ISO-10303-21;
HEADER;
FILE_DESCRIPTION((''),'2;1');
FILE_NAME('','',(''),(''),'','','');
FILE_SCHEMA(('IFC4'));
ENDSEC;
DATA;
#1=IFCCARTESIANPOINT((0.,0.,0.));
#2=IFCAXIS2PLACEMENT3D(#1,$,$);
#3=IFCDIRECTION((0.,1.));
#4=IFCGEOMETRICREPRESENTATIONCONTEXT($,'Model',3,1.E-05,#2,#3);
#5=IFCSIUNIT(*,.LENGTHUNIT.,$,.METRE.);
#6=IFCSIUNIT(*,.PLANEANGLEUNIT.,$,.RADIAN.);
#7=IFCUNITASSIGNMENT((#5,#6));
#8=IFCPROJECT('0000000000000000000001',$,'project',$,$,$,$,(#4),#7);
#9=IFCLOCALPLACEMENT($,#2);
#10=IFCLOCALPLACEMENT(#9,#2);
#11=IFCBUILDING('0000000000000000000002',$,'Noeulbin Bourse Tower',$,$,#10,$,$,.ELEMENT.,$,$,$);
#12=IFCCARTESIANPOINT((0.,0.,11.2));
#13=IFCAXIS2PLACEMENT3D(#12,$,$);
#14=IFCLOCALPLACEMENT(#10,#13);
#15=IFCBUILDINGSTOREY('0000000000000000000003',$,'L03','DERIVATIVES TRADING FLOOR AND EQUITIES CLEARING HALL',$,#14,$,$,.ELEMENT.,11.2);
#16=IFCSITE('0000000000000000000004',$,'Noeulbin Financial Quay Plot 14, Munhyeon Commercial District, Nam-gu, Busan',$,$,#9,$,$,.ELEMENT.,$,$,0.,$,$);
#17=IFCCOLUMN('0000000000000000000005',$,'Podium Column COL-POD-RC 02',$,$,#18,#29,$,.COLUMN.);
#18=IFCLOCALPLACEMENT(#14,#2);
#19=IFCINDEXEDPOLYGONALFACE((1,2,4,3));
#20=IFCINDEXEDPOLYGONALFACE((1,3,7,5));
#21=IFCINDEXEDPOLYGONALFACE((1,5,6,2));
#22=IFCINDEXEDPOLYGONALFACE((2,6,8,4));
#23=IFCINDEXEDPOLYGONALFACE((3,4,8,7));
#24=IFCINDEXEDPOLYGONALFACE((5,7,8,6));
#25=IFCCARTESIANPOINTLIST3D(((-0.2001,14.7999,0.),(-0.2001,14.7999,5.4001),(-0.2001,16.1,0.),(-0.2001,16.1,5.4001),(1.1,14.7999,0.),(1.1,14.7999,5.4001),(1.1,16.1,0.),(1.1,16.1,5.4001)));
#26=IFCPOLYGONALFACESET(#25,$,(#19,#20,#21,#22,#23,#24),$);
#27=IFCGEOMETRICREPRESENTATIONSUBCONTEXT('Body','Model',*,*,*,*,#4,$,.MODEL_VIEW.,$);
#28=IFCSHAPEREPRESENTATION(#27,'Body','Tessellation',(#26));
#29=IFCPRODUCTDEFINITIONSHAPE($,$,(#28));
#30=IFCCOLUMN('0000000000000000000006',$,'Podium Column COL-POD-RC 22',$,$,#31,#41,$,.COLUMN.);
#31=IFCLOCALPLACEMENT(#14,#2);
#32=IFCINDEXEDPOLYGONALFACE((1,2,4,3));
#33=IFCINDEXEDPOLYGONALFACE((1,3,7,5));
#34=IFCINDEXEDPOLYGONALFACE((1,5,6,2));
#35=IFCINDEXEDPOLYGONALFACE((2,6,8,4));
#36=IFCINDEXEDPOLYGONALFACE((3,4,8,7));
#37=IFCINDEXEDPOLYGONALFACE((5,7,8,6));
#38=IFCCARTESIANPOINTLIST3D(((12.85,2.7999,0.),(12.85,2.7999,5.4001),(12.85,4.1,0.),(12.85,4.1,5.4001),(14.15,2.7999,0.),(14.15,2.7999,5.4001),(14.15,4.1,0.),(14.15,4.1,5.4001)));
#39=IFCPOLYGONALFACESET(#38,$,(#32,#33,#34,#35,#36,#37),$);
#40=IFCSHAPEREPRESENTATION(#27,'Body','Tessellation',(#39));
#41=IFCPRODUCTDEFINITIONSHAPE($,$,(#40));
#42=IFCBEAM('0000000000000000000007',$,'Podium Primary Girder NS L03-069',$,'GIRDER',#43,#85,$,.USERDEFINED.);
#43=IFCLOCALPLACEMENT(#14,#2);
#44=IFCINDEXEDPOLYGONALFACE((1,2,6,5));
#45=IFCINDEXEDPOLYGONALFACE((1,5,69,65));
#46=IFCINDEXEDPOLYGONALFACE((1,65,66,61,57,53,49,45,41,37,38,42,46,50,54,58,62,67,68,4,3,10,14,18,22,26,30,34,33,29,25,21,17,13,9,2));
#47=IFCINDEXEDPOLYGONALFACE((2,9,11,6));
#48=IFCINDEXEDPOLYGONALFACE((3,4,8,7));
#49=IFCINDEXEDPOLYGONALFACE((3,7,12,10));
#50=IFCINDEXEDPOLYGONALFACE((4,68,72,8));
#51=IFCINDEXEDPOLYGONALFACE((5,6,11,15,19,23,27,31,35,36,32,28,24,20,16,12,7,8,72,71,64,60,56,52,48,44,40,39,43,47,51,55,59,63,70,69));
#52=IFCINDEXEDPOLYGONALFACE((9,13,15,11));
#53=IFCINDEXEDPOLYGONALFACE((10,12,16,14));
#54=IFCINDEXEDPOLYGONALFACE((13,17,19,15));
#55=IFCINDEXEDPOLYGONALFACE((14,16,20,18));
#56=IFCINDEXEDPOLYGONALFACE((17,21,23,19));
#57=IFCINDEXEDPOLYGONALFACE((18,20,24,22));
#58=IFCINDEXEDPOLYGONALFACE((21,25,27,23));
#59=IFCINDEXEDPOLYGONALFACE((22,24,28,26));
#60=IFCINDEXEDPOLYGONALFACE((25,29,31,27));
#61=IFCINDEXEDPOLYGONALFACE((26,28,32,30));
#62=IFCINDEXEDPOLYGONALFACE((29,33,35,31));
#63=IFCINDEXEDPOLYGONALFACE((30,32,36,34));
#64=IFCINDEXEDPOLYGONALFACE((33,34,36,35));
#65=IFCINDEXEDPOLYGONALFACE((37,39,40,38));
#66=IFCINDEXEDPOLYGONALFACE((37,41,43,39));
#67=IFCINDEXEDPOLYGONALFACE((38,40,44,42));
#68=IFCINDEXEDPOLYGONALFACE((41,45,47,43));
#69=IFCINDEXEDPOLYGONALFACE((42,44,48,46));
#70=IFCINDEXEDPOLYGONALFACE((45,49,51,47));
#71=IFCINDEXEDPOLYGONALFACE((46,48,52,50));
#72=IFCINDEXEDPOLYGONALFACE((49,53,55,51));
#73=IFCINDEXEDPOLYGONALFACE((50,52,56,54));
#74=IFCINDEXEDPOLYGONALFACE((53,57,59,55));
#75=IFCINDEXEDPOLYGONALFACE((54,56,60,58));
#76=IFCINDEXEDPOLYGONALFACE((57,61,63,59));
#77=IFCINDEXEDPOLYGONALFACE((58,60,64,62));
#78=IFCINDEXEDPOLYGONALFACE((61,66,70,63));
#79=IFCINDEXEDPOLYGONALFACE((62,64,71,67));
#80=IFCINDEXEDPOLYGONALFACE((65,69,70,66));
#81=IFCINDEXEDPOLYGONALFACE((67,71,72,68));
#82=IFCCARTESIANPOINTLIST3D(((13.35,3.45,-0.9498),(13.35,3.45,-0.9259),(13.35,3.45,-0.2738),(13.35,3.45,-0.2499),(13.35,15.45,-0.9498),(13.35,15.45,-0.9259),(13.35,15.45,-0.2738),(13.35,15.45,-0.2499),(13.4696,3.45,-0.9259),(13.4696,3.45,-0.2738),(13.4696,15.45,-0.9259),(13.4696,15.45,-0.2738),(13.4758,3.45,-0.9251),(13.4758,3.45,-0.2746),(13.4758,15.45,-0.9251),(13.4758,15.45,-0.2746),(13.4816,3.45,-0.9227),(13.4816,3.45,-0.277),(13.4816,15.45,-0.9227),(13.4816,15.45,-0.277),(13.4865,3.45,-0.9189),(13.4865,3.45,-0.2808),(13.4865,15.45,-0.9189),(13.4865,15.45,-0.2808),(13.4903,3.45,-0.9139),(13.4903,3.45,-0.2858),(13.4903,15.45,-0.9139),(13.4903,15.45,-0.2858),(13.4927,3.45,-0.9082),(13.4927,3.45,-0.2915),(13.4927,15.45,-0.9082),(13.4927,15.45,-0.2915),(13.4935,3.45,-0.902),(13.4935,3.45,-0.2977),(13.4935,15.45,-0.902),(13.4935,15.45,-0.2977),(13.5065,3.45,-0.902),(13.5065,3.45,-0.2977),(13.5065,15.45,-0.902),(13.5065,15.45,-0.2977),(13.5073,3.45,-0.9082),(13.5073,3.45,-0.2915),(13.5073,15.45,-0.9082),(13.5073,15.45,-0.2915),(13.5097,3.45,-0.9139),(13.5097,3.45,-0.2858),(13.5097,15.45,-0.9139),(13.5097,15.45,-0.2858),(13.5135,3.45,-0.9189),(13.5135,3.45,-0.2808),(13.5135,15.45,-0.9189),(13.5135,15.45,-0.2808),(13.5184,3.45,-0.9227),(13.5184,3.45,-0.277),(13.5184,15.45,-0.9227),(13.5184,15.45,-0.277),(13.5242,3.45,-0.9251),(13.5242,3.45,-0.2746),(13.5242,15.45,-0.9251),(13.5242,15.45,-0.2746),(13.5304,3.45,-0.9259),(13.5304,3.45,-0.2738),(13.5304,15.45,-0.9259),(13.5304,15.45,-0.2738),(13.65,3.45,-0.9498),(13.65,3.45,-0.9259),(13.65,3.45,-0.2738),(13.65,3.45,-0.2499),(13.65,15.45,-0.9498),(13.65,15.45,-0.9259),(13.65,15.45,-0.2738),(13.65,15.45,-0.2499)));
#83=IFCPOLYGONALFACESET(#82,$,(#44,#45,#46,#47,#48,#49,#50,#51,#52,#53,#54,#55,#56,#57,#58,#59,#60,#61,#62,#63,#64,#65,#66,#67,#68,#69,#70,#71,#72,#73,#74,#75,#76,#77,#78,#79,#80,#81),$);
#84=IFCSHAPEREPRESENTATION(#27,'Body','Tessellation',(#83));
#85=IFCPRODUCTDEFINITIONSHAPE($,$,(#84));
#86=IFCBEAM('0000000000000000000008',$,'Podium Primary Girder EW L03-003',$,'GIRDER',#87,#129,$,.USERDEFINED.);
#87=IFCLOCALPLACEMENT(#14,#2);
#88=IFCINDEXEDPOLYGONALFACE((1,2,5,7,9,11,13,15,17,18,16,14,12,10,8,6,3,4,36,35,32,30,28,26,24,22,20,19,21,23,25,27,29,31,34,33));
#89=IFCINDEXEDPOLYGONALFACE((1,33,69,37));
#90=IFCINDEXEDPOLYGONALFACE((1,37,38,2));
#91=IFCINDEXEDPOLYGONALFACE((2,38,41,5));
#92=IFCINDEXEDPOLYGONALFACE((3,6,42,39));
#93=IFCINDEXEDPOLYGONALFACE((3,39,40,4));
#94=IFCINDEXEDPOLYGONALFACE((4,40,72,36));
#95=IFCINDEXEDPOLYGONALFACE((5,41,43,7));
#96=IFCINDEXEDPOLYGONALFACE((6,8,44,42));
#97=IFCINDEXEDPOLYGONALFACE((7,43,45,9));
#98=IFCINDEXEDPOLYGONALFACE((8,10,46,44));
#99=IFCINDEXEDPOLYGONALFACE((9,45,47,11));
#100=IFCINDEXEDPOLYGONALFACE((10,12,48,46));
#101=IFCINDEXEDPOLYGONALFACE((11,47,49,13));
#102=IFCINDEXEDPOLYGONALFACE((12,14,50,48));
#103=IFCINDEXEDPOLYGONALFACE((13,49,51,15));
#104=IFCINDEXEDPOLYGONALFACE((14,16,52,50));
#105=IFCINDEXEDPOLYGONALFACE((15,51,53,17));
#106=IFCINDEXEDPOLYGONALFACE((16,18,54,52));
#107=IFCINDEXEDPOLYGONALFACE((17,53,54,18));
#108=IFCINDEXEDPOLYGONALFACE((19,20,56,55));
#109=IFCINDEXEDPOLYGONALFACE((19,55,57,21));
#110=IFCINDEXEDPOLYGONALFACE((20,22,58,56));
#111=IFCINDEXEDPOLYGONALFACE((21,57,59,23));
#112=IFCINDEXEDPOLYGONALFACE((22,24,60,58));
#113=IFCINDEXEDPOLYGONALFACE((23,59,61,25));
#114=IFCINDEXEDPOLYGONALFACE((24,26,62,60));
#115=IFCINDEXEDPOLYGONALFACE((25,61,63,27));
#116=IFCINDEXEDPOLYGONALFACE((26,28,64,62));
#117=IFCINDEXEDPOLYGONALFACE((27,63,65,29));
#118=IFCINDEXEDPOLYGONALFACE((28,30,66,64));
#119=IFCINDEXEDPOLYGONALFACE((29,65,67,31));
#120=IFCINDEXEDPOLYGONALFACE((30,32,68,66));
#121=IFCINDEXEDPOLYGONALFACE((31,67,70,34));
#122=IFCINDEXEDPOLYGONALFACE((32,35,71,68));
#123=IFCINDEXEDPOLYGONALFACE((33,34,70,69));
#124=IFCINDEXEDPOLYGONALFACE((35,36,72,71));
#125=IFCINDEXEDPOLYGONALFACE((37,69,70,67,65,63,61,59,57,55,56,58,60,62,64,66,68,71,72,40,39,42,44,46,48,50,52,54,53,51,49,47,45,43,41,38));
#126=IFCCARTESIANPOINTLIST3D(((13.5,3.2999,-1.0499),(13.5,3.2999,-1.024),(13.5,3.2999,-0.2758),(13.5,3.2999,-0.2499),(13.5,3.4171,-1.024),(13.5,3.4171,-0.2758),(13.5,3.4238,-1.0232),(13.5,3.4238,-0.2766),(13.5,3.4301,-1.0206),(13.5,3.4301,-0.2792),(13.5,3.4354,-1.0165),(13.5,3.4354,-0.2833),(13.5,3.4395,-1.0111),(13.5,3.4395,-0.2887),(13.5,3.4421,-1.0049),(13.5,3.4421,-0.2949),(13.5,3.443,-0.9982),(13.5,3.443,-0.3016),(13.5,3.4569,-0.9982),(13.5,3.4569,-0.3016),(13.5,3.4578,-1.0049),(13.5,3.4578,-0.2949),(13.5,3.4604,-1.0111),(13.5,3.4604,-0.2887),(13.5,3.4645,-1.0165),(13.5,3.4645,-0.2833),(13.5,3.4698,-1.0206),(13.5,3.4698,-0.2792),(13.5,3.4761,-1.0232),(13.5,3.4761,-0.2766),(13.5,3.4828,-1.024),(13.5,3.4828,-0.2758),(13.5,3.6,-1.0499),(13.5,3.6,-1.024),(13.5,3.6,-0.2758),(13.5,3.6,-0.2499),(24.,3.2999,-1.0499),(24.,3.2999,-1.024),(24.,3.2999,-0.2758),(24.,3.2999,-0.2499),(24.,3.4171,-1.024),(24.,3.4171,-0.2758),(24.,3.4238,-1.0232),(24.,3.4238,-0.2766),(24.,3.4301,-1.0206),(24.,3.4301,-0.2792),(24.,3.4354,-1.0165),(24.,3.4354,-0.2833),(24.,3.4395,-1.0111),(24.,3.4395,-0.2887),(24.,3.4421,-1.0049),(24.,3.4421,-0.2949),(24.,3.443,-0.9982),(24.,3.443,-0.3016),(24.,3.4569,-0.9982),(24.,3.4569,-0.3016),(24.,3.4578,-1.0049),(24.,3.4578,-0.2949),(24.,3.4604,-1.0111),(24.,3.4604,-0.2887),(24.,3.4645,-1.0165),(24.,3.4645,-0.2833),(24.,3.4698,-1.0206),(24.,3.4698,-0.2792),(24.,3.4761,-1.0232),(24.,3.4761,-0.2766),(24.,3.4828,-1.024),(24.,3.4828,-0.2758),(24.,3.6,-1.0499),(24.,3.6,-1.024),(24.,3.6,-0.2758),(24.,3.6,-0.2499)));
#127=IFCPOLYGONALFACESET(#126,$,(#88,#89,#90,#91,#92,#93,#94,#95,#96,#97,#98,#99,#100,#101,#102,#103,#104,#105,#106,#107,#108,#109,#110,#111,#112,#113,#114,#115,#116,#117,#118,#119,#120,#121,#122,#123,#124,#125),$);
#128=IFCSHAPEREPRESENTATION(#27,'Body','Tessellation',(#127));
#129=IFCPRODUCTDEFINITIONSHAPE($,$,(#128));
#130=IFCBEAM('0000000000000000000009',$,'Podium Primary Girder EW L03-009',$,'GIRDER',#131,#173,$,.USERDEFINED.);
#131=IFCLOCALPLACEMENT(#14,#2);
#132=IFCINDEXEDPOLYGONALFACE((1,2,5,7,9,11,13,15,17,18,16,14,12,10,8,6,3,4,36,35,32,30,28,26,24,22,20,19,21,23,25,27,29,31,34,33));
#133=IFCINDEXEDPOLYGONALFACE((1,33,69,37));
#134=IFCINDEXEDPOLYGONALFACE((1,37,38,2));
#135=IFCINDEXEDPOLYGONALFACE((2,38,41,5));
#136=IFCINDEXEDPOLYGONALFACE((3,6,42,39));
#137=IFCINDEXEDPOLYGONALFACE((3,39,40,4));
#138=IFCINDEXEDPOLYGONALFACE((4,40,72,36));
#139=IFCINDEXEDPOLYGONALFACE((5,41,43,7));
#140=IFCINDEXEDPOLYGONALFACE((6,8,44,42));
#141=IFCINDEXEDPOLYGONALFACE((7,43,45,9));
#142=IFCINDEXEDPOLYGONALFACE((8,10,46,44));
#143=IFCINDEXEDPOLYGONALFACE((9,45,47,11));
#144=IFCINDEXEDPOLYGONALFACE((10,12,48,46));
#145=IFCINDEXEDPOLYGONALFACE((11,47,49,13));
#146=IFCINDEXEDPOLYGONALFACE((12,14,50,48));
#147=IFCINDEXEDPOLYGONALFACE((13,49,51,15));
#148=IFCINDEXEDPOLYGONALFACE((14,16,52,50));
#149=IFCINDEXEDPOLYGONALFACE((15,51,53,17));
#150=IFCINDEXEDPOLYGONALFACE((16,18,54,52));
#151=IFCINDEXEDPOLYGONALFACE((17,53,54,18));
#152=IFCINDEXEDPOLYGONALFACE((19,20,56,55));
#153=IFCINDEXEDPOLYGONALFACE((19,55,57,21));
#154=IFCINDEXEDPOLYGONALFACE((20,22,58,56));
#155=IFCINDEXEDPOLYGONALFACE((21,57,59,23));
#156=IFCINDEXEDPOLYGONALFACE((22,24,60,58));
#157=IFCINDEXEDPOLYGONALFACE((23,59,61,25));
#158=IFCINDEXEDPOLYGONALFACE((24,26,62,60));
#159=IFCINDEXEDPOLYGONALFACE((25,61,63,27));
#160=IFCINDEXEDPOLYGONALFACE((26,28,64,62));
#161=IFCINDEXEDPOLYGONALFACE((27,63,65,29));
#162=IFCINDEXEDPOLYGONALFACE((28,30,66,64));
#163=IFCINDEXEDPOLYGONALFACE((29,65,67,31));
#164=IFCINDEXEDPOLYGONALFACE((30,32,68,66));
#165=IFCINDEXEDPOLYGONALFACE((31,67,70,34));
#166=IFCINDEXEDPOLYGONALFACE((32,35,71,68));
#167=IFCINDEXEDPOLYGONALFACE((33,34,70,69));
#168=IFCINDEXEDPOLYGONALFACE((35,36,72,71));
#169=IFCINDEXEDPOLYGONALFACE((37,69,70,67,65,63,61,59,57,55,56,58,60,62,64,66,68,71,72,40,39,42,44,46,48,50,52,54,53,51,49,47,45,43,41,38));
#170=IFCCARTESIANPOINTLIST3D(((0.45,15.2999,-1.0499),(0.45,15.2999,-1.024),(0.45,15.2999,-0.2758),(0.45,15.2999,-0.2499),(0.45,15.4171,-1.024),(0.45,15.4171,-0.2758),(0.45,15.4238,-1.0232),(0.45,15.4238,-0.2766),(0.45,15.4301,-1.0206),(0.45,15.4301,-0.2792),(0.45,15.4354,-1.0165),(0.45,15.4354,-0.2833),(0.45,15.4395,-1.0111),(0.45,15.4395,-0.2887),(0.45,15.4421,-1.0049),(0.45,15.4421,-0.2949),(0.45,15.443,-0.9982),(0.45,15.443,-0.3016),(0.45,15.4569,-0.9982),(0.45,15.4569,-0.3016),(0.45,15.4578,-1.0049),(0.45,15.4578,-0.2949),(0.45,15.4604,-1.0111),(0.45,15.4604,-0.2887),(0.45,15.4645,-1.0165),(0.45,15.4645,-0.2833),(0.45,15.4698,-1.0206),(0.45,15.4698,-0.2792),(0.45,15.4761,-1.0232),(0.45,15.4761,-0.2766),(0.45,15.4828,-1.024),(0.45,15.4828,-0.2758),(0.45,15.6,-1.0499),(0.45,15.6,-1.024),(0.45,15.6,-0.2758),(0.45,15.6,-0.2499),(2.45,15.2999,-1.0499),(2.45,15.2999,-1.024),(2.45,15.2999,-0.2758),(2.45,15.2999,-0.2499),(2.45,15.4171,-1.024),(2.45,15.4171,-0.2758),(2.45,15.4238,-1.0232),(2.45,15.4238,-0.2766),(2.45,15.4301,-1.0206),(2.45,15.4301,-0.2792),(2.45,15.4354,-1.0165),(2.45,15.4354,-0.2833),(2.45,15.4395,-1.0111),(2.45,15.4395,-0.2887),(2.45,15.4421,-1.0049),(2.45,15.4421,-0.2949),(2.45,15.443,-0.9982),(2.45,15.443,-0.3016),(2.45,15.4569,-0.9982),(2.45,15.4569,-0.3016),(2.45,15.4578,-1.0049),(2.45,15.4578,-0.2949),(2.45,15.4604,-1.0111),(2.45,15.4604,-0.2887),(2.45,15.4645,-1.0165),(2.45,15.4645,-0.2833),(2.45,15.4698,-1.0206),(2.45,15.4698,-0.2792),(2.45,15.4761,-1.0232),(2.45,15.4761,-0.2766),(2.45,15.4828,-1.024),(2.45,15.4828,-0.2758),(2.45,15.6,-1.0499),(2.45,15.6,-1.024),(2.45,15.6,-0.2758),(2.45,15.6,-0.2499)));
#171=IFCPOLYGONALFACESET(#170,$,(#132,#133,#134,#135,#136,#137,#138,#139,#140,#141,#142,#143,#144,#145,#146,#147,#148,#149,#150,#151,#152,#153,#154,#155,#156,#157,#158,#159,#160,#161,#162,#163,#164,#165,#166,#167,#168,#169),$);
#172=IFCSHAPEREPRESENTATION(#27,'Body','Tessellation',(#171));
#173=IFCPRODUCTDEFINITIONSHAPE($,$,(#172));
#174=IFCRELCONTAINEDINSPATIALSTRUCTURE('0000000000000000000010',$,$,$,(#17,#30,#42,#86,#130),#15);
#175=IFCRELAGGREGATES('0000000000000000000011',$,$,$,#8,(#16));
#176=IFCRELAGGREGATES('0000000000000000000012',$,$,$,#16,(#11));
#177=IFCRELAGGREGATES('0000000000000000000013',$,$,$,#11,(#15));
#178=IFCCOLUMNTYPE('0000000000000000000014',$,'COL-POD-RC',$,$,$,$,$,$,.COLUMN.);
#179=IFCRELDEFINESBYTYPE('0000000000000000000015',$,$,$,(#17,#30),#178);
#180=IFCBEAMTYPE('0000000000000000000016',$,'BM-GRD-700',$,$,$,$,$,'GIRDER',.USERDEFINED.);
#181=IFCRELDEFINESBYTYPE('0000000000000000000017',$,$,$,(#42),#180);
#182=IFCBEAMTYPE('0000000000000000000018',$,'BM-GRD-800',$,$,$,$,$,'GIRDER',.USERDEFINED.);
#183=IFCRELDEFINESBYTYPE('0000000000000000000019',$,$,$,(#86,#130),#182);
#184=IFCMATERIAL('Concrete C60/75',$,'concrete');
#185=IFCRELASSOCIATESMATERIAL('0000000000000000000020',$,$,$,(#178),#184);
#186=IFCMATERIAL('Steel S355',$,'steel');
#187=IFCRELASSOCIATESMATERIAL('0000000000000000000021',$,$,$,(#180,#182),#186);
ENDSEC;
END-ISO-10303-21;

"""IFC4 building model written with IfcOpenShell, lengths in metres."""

from ifc_helpers import new_model, si_unit, direction, frame, origin, origin_2d, place, context, subcontext, project, spatial, rectangle, i_section, extrude, material, material_profile, profile_set, type_object, element, save


model = new_model("IFC4")

# Units and contexts
model_context = context("Model", 3, precision=1e-05, world=origin(), true_north=direction((0.0, 1.0)))
body_context = subcontext(model_context, "Body", "Model", "MODEL_VIEW")
ifc_project = project(units=[si_unit("LENGTHUNIT", "METRE"), si_unit("PLANEANGLEUNIT", "RADIAN")], contexts=[model_context])

# Site, building, storey
site_placement = place(None, origin())
site = spatial("IfcSite", under=ifc_project, at=site_placement, Name="Noeulbin Financial Quay Plot 14, Munhyeon Commercial District, Nam-gu, Busan", CompositionType="ELEMENT", RefElevation=0.0)
building_placement = place(site_placement, origin())
building = spatial("IfcBuilding", under=site, at=building_placement, Name="Noeulbin Bourse Tower", CompositionType="ELEMENT")
storey_placement = place(building_placement, frame((0.0, 0.0, 11.2)))
storey = spatial("IfcBuildingStorey", under=building, at=storey_placement, Name="L03", Description="DERIVATIVES TRADING FLOOR AND EQUITIES CLEARING HALL", CompositionType="ELEMENT", Elevation=11.2)

# Columns
ifc_material_1 = material(Name="Concrete C60/75", Category="concrete")
ifc_material_profile_1 = material_profile(ifc_material_1, rectangle(XDim=1.3, YDim=1.3, at=origin_2d()), Name="RC-COL-1300x1300", Category="LoadBearing")
ifc_profile_set_1 = profile_set([ifc_material_profile_1], Name="Concrete C60/75")
column_type = type_object("IfcColumnType", Name="COL-POD-RC", PredefinedType="COLUMN", material=ifc_profile_set_1)
for number, where, z_axis, x_axis, name in (
    (1, (0.45, 15.45, 0.0), (0.0, 0.0, 1.0), (1.0, 0.0, 0.0), "Podium Column COL-POD-RC 02"),
    (2, (13.5, 3.45, 0.0), (0.0, 0.0, 1.0), (1.0, 0.0, 0.0), "Podium Column COL-POD-RC 22"),
):
    element("IfcColumn", number, at=place(storey_placement, frame(where, z_axis=z_axis, x_axis=x_axis)), inside=storey, type_object=column_type, Name=name, PredefinedType="COLUMN", context=body_context, shape_type="SweptSolid", body=[
        extrude(rectangle(XDim=1.3, YDim=1.3, at=origin_2d()), origin(), (0.0, 0.0, 1.0), 5.4001),
    ])

# Beams
ifc_material_2 = material(Name="Steel S355", Category="steel")
ifc_material_profile_2 = material_profile(ifc_material_2, i_section(OverallWidth=0.3, OverallDepth=0.7, WebThickness=0.0129, FlangeThickness=0.0239, FilletRadius=0.0239, at=origin_2d()), Name="H-700x300x13x24", Category="LoadBearing")
ifc_profile_set_2 = profile_set([ifc_material_profile_2], Name="Steel S355")
beam_type_1 = type_object("IfcBeamType", Name="BM-GRD-700", ElementType="GIRDER", PredefinedType="USERDEFINED", material=ifc_profile_set_2)
beam_1_placement = place(storey_placement, frame((13.5, 3.45, -0.5999), z_axis=(0.0, 1.0, 0.0), x_axis=(-1.0, 0.0, 0.0)))
element("IfcBeam", 3, at=beam_1_placement, inside=storey, type_object=beam_type_1, Name="Podium Primary Girder NS L03-069", ObjectType="GIRDER", PredefinedType="USERDEFINED", context=body_context, shape_type="SweptSolid", body=[
    extrude(i_section(OverallWidth=0.3, OverallDepth=0.7, WebThickness=0.0129, FlangeThickness=0.0239, FilletRadius=0.0239, at=origin_2d()), origin(), (0.0, 0.0, 1.0), 12.0),
])
ifc_material_profile_3 = material_profile(ifc_material_2, i_section(OverallWidth=0.3, OverallDepth=0.8, WebThickness=0.0139, FlangeThickness=0.0259, FilletRadius=0.0259, at=origin_2d()), Name="H-800x300x14x26", Category="LoadBearing")
ifc_profile_set_3 = profile_set([ifc_material_profile_3], Name="Steel S355")
beam_type_2 = type_object("IfcBeamType", Name="BM-GRD-800", ElementType="GIRDER", PredefinedType="USERDEFINED", material=ifc_profile_set_3)
beam_2_placement = place(storey_placement, frame((13.5, 3.45, -0.6499), z_axis=(1.0, 0.0, 0.0), x_axis=(0.0, 1.0, 0.0)))
element("IfcBeam", 4, at=beam_2_placement, inside=storey, type_object=beam_type_2, Name="Podium Primary Girder EW L03-003", ObjectType="GIRDER", PredefinedType="USERDEFINED", context=body_context, shape_type="SweptSolid", body=[
    extrude(i_section(OverallWidth=0.3, OverallDepth=0.8, WebThickness=0.0139, FlangeThickness=0.0259, FilletRadius=0.0259, at=origin_2d()), origin(), (0.0, 0.0, 1.0), 10.5),
])
beam_3_placement = place(storey_placement, frame((0.45, 15.45, -0.6499), z_axis=(1.0, 0.0, 0.0), x_axis=(0.0, 1.0, 0.0)))
element("IfcBeam", 5, at=beam_3_placement, inside=storey, type_object=beam_type_2, Name="Podium Primary Girder EW L03-009", ObjectType="GIRDER", PredefinedType="USERDEFINED", context=body_context, shape_type="SweptSolid", body=[
    extrude(i_section(OverallWidth=0.3, OverallDepth=0.8, WebThickness=0.0139, FlangeThickness=0.0259, FilletRadius=0.0259, at=origin_2d()), origin(), (0.0, 0.0, 1.0), 2.0),
])

save(model, "model.ifc")
